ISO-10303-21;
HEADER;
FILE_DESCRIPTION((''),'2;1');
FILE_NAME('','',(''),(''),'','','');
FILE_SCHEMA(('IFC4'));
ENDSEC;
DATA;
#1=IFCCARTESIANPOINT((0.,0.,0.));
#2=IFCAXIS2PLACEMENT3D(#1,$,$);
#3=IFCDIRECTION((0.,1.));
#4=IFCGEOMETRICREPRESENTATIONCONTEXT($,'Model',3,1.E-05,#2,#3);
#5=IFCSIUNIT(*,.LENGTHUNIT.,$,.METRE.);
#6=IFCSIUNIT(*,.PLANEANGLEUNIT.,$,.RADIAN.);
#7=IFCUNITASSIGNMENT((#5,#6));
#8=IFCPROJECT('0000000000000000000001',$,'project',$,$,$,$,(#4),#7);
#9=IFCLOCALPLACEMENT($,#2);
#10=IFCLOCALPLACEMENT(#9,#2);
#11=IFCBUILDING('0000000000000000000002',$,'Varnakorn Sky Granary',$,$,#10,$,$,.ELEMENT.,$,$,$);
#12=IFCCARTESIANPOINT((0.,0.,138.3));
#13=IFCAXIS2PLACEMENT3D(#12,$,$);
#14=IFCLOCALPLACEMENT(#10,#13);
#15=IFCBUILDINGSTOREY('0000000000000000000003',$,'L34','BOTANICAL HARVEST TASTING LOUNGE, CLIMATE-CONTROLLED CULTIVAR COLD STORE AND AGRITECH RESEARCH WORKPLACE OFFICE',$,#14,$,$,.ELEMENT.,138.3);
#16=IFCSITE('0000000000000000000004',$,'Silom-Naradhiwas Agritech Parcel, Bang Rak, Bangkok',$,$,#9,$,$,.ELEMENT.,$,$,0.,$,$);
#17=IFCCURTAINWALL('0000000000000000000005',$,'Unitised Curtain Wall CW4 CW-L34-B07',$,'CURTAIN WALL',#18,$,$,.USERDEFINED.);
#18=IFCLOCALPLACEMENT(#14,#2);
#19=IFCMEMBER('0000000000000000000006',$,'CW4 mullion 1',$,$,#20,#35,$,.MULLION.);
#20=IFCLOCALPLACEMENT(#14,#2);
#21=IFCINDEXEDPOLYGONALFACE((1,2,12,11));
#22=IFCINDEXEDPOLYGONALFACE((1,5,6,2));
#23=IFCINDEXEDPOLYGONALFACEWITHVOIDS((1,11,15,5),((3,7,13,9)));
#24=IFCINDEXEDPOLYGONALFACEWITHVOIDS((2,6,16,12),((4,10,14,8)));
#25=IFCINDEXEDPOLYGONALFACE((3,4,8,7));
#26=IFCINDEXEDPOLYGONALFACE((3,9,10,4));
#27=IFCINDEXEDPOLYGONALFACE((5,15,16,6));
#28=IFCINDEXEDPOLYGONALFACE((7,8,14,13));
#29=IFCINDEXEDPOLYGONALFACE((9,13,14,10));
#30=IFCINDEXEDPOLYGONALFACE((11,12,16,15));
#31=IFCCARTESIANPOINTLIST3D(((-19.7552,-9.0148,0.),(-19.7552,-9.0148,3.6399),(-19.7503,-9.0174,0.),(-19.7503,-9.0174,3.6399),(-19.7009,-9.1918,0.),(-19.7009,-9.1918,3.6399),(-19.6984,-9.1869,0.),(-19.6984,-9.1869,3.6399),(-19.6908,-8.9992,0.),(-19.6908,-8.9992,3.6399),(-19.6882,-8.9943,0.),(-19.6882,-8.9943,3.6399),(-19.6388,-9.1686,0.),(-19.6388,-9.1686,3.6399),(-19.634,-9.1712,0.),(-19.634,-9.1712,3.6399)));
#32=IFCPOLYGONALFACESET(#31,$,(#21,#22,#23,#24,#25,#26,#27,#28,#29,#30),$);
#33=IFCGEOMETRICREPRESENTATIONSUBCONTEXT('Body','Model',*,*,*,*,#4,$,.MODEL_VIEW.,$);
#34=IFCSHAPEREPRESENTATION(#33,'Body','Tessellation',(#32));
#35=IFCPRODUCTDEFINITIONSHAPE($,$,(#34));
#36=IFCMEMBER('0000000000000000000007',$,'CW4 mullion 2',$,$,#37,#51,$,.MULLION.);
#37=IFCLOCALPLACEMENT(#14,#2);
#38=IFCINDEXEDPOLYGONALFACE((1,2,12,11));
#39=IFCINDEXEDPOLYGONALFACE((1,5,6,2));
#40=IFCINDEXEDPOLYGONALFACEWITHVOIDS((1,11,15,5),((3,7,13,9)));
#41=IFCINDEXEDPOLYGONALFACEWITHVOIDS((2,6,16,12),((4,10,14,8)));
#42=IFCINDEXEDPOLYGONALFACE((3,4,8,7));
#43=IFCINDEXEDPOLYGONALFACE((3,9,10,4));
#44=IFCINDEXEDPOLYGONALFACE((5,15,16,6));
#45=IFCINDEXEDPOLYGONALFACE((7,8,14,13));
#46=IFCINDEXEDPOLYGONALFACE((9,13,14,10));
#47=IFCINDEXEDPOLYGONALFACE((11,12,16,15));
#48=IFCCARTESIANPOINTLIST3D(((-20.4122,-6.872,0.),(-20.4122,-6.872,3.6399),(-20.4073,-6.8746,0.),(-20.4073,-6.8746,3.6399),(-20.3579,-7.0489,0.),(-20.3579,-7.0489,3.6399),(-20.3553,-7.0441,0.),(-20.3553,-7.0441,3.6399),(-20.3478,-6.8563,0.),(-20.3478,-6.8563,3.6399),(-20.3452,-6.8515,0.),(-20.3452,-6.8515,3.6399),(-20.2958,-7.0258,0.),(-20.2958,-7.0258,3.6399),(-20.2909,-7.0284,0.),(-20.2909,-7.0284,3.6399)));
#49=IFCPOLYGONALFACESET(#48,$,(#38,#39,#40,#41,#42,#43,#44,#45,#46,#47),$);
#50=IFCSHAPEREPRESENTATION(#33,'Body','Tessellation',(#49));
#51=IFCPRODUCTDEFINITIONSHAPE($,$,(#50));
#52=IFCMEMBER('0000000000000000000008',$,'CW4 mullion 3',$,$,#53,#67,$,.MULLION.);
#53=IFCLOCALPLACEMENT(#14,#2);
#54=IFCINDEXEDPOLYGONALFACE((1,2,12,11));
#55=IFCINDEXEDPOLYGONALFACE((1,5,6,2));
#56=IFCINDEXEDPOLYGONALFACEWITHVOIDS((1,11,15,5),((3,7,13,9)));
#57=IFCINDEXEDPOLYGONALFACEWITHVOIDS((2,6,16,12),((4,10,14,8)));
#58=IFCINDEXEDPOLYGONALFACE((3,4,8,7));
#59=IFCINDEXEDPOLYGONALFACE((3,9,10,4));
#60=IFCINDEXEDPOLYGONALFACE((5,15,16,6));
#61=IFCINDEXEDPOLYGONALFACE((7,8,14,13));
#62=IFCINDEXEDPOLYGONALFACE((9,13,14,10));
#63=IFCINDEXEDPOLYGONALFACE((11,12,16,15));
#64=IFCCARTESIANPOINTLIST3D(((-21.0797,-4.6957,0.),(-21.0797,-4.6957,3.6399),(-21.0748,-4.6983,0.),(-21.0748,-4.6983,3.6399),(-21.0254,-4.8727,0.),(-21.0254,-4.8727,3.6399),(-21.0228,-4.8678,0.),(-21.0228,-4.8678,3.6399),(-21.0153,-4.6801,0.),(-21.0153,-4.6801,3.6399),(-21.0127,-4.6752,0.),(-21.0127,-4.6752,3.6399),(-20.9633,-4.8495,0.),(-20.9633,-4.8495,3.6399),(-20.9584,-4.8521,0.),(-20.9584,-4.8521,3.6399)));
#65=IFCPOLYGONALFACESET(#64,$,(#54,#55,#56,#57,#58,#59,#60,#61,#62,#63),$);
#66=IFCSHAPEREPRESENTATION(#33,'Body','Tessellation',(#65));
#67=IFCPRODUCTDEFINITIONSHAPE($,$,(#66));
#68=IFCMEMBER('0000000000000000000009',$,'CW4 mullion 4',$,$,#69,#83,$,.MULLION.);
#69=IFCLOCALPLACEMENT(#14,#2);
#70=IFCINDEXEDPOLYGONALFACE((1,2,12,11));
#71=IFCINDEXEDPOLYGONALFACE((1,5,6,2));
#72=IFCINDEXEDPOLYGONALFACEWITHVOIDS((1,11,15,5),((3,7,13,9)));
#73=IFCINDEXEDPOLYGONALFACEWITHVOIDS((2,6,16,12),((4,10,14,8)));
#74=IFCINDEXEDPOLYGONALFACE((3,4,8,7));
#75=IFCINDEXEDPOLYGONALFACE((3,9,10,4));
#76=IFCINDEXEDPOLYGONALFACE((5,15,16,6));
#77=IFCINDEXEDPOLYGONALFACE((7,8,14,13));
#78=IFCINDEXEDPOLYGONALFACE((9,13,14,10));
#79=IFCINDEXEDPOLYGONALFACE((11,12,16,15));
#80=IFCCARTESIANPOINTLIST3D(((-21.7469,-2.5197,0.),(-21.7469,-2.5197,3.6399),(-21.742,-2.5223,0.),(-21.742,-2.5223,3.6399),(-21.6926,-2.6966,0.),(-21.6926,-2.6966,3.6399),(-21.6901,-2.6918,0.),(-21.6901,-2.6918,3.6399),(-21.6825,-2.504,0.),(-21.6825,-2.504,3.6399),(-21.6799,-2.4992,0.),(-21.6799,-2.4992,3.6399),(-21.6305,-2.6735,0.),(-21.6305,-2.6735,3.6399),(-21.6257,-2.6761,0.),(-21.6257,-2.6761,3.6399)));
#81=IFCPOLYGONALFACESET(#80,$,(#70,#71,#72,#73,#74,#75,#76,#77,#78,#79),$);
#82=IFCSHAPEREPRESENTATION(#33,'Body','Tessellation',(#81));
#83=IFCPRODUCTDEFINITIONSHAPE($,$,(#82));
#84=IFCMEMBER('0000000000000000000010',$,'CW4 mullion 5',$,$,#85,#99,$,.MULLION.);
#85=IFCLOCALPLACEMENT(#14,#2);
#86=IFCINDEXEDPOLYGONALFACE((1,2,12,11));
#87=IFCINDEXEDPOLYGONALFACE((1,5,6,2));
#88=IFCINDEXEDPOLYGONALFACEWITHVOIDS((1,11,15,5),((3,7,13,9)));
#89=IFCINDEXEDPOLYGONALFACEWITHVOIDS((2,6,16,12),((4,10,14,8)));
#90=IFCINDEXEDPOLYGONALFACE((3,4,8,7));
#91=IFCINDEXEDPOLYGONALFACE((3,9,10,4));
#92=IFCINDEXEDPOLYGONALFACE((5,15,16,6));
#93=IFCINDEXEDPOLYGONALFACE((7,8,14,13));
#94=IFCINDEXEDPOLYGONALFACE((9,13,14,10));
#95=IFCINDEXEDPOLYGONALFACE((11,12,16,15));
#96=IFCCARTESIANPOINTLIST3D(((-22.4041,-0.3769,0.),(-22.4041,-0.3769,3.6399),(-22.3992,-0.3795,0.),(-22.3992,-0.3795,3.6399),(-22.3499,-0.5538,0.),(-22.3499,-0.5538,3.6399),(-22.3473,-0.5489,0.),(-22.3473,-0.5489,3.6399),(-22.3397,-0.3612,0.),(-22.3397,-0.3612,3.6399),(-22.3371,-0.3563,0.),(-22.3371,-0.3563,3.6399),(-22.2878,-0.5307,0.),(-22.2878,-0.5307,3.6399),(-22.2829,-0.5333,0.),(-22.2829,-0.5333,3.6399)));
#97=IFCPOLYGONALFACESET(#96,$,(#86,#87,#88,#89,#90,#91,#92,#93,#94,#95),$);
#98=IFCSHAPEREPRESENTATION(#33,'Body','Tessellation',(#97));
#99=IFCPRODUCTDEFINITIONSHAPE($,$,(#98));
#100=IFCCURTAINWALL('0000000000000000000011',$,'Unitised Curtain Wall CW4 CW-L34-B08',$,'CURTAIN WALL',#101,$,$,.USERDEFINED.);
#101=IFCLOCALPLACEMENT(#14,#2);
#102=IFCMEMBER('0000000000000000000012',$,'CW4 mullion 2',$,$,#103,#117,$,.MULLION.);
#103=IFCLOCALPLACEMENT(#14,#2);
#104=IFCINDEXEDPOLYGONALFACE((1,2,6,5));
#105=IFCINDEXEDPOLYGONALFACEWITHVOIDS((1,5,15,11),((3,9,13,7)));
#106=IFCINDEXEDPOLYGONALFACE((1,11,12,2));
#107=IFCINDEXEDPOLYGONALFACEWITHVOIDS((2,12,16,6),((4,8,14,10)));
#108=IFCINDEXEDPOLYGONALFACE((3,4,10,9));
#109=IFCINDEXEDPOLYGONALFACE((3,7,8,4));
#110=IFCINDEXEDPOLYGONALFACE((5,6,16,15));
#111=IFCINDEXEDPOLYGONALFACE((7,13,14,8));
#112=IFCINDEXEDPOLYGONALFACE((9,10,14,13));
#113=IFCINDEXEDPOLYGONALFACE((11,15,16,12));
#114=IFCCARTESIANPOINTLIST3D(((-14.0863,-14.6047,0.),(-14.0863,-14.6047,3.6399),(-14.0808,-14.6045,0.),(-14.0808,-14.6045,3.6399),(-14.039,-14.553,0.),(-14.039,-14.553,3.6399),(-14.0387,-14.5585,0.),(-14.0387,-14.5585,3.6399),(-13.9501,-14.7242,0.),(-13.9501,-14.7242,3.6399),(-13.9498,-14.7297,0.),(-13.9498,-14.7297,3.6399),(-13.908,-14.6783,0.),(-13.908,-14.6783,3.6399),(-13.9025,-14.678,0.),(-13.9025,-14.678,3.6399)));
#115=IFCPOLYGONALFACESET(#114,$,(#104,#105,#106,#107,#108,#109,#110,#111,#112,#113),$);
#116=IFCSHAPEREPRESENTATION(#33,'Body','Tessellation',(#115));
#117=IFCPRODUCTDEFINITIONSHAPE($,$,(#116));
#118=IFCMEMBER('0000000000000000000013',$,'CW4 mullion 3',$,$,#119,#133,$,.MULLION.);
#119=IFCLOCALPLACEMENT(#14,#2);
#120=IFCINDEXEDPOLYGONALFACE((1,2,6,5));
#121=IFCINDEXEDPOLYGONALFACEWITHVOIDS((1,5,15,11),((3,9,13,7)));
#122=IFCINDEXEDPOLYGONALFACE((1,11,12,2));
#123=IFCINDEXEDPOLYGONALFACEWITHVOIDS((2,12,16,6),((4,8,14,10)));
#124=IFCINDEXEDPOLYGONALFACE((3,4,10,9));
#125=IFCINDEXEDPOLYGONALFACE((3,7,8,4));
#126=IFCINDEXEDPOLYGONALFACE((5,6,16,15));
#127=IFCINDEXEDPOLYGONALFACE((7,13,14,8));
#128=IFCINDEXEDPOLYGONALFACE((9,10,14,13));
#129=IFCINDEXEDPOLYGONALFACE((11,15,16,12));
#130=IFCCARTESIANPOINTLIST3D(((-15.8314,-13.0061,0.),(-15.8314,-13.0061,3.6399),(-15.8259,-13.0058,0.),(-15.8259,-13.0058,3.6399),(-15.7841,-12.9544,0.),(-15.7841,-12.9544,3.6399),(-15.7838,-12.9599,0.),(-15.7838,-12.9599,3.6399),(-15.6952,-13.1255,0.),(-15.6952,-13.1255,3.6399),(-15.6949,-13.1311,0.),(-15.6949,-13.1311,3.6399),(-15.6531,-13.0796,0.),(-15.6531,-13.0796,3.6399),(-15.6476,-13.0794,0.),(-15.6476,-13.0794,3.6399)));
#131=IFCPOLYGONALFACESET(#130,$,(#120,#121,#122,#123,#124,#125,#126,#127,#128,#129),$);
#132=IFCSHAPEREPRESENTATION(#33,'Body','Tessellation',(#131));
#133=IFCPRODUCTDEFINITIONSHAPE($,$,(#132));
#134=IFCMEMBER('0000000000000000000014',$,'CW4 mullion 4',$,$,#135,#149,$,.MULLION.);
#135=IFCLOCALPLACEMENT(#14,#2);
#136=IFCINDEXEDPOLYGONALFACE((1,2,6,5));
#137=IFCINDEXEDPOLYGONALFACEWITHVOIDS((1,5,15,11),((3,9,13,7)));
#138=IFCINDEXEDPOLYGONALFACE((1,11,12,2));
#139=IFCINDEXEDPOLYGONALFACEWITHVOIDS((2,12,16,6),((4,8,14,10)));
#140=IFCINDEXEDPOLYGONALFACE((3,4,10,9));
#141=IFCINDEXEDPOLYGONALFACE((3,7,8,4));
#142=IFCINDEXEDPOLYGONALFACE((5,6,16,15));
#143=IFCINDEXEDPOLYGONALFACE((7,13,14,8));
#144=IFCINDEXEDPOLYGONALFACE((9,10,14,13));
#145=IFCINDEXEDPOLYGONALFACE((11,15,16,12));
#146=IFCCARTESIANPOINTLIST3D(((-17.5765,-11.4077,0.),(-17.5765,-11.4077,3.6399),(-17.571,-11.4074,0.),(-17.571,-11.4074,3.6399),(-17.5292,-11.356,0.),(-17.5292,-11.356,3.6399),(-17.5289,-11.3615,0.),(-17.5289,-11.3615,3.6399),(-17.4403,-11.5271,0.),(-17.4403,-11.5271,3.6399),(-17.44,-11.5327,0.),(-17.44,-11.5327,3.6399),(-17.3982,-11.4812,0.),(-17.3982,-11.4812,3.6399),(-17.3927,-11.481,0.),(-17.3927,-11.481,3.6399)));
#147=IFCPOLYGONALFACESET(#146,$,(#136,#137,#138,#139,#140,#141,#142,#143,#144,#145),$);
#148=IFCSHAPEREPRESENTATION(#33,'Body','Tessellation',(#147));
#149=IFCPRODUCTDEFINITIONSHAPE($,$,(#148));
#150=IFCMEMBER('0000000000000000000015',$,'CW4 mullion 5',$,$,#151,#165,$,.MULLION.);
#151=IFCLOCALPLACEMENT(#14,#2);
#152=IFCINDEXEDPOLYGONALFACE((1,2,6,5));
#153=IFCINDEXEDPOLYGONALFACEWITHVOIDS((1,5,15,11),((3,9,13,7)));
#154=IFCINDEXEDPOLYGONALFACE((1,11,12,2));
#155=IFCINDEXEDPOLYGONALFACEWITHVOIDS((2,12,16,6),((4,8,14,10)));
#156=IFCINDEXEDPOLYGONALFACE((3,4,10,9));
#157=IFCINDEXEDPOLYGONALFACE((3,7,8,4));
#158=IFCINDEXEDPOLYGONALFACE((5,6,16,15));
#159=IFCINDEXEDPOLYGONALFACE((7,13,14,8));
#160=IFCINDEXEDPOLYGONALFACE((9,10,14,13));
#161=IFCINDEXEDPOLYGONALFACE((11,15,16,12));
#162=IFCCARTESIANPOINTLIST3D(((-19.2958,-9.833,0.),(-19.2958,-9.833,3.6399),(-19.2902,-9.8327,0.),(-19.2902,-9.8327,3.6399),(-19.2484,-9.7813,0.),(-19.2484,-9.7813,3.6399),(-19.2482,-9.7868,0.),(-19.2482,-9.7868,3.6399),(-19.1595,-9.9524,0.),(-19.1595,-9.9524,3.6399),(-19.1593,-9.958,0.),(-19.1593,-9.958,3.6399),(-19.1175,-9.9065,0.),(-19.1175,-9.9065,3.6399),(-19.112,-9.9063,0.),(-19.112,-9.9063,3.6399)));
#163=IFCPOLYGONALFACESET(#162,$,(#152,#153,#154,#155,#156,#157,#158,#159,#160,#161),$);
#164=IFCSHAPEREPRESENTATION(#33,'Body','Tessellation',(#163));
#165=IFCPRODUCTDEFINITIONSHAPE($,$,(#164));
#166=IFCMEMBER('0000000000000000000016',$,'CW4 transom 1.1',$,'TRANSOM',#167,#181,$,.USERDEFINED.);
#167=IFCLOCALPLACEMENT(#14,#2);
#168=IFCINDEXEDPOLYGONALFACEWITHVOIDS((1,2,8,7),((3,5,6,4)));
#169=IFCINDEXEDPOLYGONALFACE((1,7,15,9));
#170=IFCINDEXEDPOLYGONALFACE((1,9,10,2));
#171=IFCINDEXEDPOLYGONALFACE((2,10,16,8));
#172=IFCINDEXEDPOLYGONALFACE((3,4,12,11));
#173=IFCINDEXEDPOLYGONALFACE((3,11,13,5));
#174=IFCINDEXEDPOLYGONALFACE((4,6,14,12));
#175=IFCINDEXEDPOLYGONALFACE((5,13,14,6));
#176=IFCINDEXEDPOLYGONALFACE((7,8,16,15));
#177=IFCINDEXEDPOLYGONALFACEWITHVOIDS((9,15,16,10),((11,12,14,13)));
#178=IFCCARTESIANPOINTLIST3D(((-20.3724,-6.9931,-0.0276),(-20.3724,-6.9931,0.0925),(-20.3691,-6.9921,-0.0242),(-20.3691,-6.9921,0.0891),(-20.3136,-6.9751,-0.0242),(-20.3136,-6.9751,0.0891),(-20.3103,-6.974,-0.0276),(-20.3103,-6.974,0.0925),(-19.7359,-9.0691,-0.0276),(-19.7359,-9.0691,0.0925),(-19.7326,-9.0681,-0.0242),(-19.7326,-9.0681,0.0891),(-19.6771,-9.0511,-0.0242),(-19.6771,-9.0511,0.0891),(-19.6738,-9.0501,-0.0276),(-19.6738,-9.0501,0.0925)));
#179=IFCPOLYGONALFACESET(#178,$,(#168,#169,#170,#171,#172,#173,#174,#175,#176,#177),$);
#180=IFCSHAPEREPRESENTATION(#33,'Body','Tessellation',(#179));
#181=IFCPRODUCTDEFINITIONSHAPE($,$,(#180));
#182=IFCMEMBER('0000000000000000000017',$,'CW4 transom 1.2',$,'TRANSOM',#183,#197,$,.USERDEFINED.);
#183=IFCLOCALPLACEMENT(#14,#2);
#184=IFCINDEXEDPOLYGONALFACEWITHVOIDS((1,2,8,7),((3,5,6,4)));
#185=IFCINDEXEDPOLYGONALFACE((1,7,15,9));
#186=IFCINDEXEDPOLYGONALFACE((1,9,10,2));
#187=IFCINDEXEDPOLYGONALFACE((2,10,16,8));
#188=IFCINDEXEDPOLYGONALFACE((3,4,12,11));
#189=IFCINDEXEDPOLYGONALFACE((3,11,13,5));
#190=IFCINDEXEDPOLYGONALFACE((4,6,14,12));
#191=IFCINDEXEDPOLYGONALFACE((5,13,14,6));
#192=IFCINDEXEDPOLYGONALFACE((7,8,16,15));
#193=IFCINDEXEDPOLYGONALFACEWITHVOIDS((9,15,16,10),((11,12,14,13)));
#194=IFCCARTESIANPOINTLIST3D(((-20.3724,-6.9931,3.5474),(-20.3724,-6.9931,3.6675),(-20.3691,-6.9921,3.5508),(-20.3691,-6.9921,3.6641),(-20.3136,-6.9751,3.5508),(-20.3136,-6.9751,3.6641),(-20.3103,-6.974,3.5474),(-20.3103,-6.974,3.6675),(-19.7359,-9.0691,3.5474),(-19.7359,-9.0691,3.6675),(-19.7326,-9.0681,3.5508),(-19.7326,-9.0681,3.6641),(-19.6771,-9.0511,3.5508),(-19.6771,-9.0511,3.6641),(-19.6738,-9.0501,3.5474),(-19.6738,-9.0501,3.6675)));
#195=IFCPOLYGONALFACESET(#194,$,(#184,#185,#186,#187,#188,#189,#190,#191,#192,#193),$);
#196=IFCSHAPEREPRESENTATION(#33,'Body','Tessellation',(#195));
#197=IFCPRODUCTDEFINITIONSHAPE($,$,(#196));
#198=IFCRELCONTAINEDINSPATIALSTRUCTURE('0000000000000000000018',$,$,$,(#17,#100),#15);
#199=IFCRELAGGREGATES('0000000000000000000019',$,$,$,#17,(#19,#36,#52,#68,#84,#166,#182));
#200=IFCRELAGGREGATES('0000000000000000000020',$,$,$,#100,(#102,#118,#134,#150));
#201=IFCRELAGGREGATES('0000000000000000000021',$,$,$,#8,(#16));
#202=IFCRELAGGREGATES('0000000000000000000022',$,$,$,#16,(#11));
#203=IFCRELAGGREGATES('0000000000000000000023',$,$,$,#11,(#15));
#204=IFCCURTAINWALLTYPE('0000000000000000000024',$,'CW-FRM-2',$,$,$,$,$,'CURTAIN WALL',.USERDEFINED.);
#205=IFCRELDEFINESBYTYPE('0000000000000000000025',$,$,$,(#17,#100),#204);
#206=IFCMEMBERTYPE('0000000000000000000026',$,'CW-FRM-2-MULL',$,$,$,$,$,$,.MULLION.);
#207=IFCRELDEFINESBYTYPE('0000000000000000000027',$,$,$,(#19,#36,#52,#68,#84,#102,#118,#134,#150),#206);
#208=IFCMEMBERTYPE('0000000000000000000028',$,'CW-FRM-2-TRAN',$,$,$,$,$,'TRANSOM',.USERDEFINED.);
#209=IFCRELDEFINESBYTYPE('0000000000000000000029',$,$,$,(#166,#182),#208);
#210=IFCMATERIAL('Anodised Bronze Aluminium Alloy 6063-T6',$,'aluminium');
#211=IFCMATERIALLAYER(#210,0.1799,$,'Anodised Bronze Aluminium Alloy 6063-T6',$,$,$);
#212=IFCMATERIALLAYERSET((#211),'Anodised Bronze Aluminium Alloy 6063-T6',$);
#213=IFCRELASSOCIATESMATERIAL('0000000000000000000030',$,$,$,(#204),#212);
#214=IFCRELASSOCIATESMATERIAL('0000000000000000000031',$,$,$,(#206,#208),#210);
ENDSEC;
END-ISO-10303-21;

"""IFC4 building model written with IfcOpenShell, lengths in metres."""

from ifc_helpers import new_model, si_unit, direction, frame, origin, origin_2d, place, context, subcontext, project, spatial, hollow_rectangle, extrude, material, layer, layer_set, material_profile, profile_set, type_object, element, aggregate, save


model = new_model("IFC4")

# Units and contexts
model_context = context("Model", 3, precision=1e-05, world=origin(), true_north=direction((0.0, 1.0)))
body_context = subcontext(model_context, "Body", "Model", "MODEL_VIEW")
ifc_project = project(units=[si_unit("LENGTHUNIT", "METRE"), si_unit("PLANEANGLEUNIT", "RADIAN")], contexts=[model_context])

# Site, building, storey
site_placement = place(None, origin())
site = spatial("IfcSite", under=ifc_project, at=site_placement, Name="Silom-Naradhiwas Agritech Parcel, Bang Rak, Bangkok", CompositionType="ELEMENT", RefElevation=0.0)
building_placement = place(site_placement, origin())
building = spatial("IfcBuilding", under=site, at=building_placement, Name="Varnakorn Sky Granary", CompositionType="ELEMENT")
storey_placement = place(building_placement, frame((0.0, 0.0, 138.3)))
storey = spatial("IfcBuildingStorey", under=building, at=storey_placement, Name="L34", Description="BOTANICAL HARVEST TASTING LOUNGE, CLIMATE-CONTROLLED CULTIVAR COLD STORE AND AGRITECH RESEARCH WORKPLACE OFFICE", CompositionType="ELEMENT", Elevation=138.3)

# Curtain walls, members
ifc_material_1 = material(Name="Anodised Bronze Aluminium Alloy 6063-T6", Category="aluminium")
ifc_layer_1 = layer(ifc_material_1, 0.1799, Name="Anodised Bronze Aluminium Alloy 6063-T6")
ifc_layer_set_1 = layer_set([ifc_layer_1], Name="Anodised Bronze Aluminium Alloy 6063-T6")
curtain_wall_type = type_object("IfcCurtainWallType", Name="CW-FRM-2", ElementType="CURTAIN WALL", PredefinedType="USERDEFINED", material=ifc_layer_set_1)
curtain_wall_1_placement = place(storey_placement, origin())
curtain_wall_1 = element("IfcCurtainWall", 1, at=curtain_wall_1_placement, inside=storey, type_object=curtain_wall_type, Name="Unitised Curtain Wall CW4 CW-L34-B07", ObjectType="CURTAIN WALL", PredefinedType="USERDEFINED")
ifc_material_profile_1 = material_profile(ifc_material_1, hollow_rectangle(XDim=0.0701, YDim=0.1851, WallThickness=0.0039, at=origin_2d()), Name="ALU MULL 70x185")
ifc_profile_set_1 = profile_set([ifc_material_profile_1], Name="Anodised Bronze Aluminium Alloy 6063-T6")
member_type_1 = type_object("IfcMemberType", Name="CW-FRM-2-MULL", PredefinedType="MULLION", material=ifc_profile_set_1)
member_1_placement = place(storey_placement, frame((-19.6946, -9.093, 0.0), z_axis=(0.0, 0.0, 1.0), x_axis=(-0.956053, -0.293193, 0.0)))
member_1 = element("IfcMember", 2, at=member_1_placement, type_object=member_type_1, Name="CW4 mullion 1", PredefinedType="MULLION", context=body_context, shape_type="SweptSolid", body=[
    extrude(hollow_rectangle(XDim=0.0701, YDim=0.1851, WallThickness=0.0039, at=origin_2d()), origin(), (0.0, 0.0, 1.0), 3.6399),
])
member_2_placement = place(storey_placement, frame((-20.3516, -6.9502, 0.0), z_axis=(0.0, 0.0, 1.0), x_axis=(-0.956053, -0.293193, 0.0)))
member_2 = element("IfcMember", 3, at=member_2_placement, type_object=member_type_1, Name="CW4 mullion 2", PredefinedType="MULLION", context=body_context, shape_type="SweptSolid", body=[
    extrude(hollow_rectangle(XDim=0.0701, YDim=0.1851, WallThickness=0.0039, at=origin_2d()), origin(), (0.0, 0.0, 1.0), 3.6399),
])
member_3_placement = place(storey_placement, frame((-21.019, -4.7739, 0.0), z_axis=(0.0, 0.0, 1.0), x_axis=(-0.956053, -0.293193, 0.0)))
member_3 = element("IfcMember", 4, at=member_3_placement, type_object=member_type_1, Name="CW4 mullion 3", PredefinedType="MULLION", context=body_context, shape_type="SweptSolid", body=[
    extrude(hollow_rectangle(XDim=0.0701, YDim=0.1851, WallThickness=0.0039, at=origin_2d()), origin(), (0.0, 0.0, 1.0), 3.6399),
])
member_4_placement = place(storey_placement, frame((-21.6863, -2.5979, 0.0), z_axis=(0.0, 0.0, 1.0), x_axis=(-0.956053, -0.293193, 0.0)))
member_4 = element("IfcMember", 5, at=member_4_placement, type_object=member_type_1, Name="CW4 mullion 4", PredefinedType="MULLION", context=body_context, shape_type="SweptSolid", body=[
    extrude(hollow_rectangle(XDim=0.0701, YDim=0.1851, WallThickness=0.0039, at=origin_2d()), origin(), (0.0, 0.0, 1.0), 3.6399),
])
member_5_placement = place(storey_placement, frame((-22.3435, -0.4551, 0.0), z_axis=(0.0, 0.0, 1.0), x_axis=(-0.956053, -0.293193, 0.0)))
member_5 = element("IfcMember", 6, at=member_5_placement, type_object=member_type_1, Name="CW4 mullion 5", PredefinedType="MULLION", context=body_context, shape_type="SweptSolid", body=[
    extrude(hollow_rectangle(XDim=0.0701, YDim=0.1851, WallThickness=0.0039, at=origin_2d()), origin(), (0.0, 0.0, 1.0), 3.6399),
])
curtain_wall_2_placement = place(storey_placement, origin())
curtain_wall_2 = element("IfcCurtainWall", 7, at=curtain_wall_2_placement, inside=storey, type_object=curtain_wall_type, Name="Unitised Curtain Wall CW4 CW-L34-B08", ObjectType="CURTAIN WALL", PredefinedType="USERDEFINED")
member_6_placement = place(storey_placement, frame((-13.9944, -14.6414, 0.0), z_axis=(0.0, 0.0, 1.0), x_axis=(-0.675438, -0.737417, 0.0)))
member_6 = element("IfcMember", 8, at=member_6_placement, type_object=member_type_1, Name="CW4 mullion 2", PredefinedType="MULLION", context=body_context, shape_type="SweptSolid", body=[
    extrude(hollow_rectangle(XDim=0.0701, YDim=0.1851, WallThickness=0.0039, at=origin_2d()), origin(), (0.0, 0.0, 1.0), 3.6399),
])
member_7_placement = place(storey_placement, frame((-15.7395, -13.0427, 0.0), z_axis=(0.0, 0.0, 1.0), x_axis=(-0.675438, -0.737417, 0.0)))
member_7 = element("IfcMember", 9, at=member_7_placement, type_object=member_type_1, Name="CW4 mullion 3", PredefinedType="MULLION", context=body_context, shape_type="SweptSolid", body=[
    extrude(hollow_rectangle(XDim=0.0701, YDim=0.1851, WallThickness=0.0039, at=origin_2d()), origin(), (0.0, 0.0, 1.0), 3.6399),
])
member_8_placement = place(storey_placement, frame((-17.4846, -11.4443, 0.0), z_axis=(0.0, 0.0, 1.0), x_axis=(-0.675438, -0.737417, 0.0)))
member_8 = element("IfcMember", 10, at=member_8_placement, type_object=member_type_1, Name="CW4 mullion 4", PredefinedType="MULLION", context=body_context, shape_type="SweptSolid", body=[
    extrude(hollow_rectangle(XDim=0.0701, YDim=0.1851, WallThickness=0.0039, at=origin_2d()), origin(), (0.0, 0.0, 1.0), 3.6399),
])
member_9_placement = place(storey_placement, frame((-19.2039, -9.8696, 0.0), z_axis=(0.0, 0.0, 1.0), x_axis=(-0.675438, -0.737417, 0.0)))
member_9 = element("IfcMember", 11, at=member_9_placement, type_object=member_type_1, Name="CW4 mullion 5", PredefinedType="MULLION", context=body_context, shape_type="SweptSolid", body=[
    extrude(hollow_rectangle(XDim=0.0701, YDim=0.1851, WallThickness=0.0039, at=origin_2d()), origin(), (0.0, 0.0, 1.0), 3.6399),
])

# Members
ifc_material_profile_2 = material_profile(ifc_material_1, hollow_rectangle(XDim=0.0649, YDim=0.1201, WallThickness=0.0034, at=origin_2d()), Name="ALU TRAN 65x120")
ifc_profile_set_2 = profile_set([ifc_material_profile_2], Name="Anodised Bronze Aluminium Alloy 6063-T6")
member_type_2 = type_object("IfcMemberType", Name="CW-FRM-2-TRAN", ElementType="TRANSOM", PredefinedType="USERDEFINED", material=ifc_profile_set_2)
member_10_placement = place(storey_placement, frame((-19.7048, -9.0596, 0.0325), z_axis=(-0.29313, 0.956073, 0.0), x_axis=(-0.956073, -0.29313, 0.0)))
member_10 = element("IfcMember", 12, at=member_10_placement, type_object=member_type_2, Name="CW4 transom 1.1", ObjectType="TRANSOM", PredefinedType="USERDEFINED", context=body_context, shape_type="SweptSolid", body=[
    extrude(hollow_rectangle(XDim=0.0649, YDim=0.1201, WallThickness=0.0034, at=origin_2d()), origin(), (0.0, 0.0, 1.0), 2.1714),
])
member_11_placement = place(storey_placement, frame((-19.7048, -9.0596, 3.6074), z_axis=(-0.29313, 0.956073, 0.0), x_axis=(-0.956073, -0.29313, 0.0)))
member_11 = element("IfcMember", 13, at=member_11_placement, type_object=member_type_2, Name="CW4 transom 1.2", ObjectType="TRANSOM", PredefinedType="USERDEFINED", context=body_context, shape_type="SweptSolid", body=[
    extrude(hollow_rectangle(XDim=0.0649, YDim=0.1201, WallThickness=0.0034, at=origin_2d()), origin(), (0.0, 0.0, 1.0), 2.1714),
])

aggregate(curtain_wall_1, [member_1, member_2, member_3, member_4, member_5, member_10, member_11])
aggregate(curtain_wall_2, [member_6, member_7, member_8, member_9])

save(model, "model.ifc")
